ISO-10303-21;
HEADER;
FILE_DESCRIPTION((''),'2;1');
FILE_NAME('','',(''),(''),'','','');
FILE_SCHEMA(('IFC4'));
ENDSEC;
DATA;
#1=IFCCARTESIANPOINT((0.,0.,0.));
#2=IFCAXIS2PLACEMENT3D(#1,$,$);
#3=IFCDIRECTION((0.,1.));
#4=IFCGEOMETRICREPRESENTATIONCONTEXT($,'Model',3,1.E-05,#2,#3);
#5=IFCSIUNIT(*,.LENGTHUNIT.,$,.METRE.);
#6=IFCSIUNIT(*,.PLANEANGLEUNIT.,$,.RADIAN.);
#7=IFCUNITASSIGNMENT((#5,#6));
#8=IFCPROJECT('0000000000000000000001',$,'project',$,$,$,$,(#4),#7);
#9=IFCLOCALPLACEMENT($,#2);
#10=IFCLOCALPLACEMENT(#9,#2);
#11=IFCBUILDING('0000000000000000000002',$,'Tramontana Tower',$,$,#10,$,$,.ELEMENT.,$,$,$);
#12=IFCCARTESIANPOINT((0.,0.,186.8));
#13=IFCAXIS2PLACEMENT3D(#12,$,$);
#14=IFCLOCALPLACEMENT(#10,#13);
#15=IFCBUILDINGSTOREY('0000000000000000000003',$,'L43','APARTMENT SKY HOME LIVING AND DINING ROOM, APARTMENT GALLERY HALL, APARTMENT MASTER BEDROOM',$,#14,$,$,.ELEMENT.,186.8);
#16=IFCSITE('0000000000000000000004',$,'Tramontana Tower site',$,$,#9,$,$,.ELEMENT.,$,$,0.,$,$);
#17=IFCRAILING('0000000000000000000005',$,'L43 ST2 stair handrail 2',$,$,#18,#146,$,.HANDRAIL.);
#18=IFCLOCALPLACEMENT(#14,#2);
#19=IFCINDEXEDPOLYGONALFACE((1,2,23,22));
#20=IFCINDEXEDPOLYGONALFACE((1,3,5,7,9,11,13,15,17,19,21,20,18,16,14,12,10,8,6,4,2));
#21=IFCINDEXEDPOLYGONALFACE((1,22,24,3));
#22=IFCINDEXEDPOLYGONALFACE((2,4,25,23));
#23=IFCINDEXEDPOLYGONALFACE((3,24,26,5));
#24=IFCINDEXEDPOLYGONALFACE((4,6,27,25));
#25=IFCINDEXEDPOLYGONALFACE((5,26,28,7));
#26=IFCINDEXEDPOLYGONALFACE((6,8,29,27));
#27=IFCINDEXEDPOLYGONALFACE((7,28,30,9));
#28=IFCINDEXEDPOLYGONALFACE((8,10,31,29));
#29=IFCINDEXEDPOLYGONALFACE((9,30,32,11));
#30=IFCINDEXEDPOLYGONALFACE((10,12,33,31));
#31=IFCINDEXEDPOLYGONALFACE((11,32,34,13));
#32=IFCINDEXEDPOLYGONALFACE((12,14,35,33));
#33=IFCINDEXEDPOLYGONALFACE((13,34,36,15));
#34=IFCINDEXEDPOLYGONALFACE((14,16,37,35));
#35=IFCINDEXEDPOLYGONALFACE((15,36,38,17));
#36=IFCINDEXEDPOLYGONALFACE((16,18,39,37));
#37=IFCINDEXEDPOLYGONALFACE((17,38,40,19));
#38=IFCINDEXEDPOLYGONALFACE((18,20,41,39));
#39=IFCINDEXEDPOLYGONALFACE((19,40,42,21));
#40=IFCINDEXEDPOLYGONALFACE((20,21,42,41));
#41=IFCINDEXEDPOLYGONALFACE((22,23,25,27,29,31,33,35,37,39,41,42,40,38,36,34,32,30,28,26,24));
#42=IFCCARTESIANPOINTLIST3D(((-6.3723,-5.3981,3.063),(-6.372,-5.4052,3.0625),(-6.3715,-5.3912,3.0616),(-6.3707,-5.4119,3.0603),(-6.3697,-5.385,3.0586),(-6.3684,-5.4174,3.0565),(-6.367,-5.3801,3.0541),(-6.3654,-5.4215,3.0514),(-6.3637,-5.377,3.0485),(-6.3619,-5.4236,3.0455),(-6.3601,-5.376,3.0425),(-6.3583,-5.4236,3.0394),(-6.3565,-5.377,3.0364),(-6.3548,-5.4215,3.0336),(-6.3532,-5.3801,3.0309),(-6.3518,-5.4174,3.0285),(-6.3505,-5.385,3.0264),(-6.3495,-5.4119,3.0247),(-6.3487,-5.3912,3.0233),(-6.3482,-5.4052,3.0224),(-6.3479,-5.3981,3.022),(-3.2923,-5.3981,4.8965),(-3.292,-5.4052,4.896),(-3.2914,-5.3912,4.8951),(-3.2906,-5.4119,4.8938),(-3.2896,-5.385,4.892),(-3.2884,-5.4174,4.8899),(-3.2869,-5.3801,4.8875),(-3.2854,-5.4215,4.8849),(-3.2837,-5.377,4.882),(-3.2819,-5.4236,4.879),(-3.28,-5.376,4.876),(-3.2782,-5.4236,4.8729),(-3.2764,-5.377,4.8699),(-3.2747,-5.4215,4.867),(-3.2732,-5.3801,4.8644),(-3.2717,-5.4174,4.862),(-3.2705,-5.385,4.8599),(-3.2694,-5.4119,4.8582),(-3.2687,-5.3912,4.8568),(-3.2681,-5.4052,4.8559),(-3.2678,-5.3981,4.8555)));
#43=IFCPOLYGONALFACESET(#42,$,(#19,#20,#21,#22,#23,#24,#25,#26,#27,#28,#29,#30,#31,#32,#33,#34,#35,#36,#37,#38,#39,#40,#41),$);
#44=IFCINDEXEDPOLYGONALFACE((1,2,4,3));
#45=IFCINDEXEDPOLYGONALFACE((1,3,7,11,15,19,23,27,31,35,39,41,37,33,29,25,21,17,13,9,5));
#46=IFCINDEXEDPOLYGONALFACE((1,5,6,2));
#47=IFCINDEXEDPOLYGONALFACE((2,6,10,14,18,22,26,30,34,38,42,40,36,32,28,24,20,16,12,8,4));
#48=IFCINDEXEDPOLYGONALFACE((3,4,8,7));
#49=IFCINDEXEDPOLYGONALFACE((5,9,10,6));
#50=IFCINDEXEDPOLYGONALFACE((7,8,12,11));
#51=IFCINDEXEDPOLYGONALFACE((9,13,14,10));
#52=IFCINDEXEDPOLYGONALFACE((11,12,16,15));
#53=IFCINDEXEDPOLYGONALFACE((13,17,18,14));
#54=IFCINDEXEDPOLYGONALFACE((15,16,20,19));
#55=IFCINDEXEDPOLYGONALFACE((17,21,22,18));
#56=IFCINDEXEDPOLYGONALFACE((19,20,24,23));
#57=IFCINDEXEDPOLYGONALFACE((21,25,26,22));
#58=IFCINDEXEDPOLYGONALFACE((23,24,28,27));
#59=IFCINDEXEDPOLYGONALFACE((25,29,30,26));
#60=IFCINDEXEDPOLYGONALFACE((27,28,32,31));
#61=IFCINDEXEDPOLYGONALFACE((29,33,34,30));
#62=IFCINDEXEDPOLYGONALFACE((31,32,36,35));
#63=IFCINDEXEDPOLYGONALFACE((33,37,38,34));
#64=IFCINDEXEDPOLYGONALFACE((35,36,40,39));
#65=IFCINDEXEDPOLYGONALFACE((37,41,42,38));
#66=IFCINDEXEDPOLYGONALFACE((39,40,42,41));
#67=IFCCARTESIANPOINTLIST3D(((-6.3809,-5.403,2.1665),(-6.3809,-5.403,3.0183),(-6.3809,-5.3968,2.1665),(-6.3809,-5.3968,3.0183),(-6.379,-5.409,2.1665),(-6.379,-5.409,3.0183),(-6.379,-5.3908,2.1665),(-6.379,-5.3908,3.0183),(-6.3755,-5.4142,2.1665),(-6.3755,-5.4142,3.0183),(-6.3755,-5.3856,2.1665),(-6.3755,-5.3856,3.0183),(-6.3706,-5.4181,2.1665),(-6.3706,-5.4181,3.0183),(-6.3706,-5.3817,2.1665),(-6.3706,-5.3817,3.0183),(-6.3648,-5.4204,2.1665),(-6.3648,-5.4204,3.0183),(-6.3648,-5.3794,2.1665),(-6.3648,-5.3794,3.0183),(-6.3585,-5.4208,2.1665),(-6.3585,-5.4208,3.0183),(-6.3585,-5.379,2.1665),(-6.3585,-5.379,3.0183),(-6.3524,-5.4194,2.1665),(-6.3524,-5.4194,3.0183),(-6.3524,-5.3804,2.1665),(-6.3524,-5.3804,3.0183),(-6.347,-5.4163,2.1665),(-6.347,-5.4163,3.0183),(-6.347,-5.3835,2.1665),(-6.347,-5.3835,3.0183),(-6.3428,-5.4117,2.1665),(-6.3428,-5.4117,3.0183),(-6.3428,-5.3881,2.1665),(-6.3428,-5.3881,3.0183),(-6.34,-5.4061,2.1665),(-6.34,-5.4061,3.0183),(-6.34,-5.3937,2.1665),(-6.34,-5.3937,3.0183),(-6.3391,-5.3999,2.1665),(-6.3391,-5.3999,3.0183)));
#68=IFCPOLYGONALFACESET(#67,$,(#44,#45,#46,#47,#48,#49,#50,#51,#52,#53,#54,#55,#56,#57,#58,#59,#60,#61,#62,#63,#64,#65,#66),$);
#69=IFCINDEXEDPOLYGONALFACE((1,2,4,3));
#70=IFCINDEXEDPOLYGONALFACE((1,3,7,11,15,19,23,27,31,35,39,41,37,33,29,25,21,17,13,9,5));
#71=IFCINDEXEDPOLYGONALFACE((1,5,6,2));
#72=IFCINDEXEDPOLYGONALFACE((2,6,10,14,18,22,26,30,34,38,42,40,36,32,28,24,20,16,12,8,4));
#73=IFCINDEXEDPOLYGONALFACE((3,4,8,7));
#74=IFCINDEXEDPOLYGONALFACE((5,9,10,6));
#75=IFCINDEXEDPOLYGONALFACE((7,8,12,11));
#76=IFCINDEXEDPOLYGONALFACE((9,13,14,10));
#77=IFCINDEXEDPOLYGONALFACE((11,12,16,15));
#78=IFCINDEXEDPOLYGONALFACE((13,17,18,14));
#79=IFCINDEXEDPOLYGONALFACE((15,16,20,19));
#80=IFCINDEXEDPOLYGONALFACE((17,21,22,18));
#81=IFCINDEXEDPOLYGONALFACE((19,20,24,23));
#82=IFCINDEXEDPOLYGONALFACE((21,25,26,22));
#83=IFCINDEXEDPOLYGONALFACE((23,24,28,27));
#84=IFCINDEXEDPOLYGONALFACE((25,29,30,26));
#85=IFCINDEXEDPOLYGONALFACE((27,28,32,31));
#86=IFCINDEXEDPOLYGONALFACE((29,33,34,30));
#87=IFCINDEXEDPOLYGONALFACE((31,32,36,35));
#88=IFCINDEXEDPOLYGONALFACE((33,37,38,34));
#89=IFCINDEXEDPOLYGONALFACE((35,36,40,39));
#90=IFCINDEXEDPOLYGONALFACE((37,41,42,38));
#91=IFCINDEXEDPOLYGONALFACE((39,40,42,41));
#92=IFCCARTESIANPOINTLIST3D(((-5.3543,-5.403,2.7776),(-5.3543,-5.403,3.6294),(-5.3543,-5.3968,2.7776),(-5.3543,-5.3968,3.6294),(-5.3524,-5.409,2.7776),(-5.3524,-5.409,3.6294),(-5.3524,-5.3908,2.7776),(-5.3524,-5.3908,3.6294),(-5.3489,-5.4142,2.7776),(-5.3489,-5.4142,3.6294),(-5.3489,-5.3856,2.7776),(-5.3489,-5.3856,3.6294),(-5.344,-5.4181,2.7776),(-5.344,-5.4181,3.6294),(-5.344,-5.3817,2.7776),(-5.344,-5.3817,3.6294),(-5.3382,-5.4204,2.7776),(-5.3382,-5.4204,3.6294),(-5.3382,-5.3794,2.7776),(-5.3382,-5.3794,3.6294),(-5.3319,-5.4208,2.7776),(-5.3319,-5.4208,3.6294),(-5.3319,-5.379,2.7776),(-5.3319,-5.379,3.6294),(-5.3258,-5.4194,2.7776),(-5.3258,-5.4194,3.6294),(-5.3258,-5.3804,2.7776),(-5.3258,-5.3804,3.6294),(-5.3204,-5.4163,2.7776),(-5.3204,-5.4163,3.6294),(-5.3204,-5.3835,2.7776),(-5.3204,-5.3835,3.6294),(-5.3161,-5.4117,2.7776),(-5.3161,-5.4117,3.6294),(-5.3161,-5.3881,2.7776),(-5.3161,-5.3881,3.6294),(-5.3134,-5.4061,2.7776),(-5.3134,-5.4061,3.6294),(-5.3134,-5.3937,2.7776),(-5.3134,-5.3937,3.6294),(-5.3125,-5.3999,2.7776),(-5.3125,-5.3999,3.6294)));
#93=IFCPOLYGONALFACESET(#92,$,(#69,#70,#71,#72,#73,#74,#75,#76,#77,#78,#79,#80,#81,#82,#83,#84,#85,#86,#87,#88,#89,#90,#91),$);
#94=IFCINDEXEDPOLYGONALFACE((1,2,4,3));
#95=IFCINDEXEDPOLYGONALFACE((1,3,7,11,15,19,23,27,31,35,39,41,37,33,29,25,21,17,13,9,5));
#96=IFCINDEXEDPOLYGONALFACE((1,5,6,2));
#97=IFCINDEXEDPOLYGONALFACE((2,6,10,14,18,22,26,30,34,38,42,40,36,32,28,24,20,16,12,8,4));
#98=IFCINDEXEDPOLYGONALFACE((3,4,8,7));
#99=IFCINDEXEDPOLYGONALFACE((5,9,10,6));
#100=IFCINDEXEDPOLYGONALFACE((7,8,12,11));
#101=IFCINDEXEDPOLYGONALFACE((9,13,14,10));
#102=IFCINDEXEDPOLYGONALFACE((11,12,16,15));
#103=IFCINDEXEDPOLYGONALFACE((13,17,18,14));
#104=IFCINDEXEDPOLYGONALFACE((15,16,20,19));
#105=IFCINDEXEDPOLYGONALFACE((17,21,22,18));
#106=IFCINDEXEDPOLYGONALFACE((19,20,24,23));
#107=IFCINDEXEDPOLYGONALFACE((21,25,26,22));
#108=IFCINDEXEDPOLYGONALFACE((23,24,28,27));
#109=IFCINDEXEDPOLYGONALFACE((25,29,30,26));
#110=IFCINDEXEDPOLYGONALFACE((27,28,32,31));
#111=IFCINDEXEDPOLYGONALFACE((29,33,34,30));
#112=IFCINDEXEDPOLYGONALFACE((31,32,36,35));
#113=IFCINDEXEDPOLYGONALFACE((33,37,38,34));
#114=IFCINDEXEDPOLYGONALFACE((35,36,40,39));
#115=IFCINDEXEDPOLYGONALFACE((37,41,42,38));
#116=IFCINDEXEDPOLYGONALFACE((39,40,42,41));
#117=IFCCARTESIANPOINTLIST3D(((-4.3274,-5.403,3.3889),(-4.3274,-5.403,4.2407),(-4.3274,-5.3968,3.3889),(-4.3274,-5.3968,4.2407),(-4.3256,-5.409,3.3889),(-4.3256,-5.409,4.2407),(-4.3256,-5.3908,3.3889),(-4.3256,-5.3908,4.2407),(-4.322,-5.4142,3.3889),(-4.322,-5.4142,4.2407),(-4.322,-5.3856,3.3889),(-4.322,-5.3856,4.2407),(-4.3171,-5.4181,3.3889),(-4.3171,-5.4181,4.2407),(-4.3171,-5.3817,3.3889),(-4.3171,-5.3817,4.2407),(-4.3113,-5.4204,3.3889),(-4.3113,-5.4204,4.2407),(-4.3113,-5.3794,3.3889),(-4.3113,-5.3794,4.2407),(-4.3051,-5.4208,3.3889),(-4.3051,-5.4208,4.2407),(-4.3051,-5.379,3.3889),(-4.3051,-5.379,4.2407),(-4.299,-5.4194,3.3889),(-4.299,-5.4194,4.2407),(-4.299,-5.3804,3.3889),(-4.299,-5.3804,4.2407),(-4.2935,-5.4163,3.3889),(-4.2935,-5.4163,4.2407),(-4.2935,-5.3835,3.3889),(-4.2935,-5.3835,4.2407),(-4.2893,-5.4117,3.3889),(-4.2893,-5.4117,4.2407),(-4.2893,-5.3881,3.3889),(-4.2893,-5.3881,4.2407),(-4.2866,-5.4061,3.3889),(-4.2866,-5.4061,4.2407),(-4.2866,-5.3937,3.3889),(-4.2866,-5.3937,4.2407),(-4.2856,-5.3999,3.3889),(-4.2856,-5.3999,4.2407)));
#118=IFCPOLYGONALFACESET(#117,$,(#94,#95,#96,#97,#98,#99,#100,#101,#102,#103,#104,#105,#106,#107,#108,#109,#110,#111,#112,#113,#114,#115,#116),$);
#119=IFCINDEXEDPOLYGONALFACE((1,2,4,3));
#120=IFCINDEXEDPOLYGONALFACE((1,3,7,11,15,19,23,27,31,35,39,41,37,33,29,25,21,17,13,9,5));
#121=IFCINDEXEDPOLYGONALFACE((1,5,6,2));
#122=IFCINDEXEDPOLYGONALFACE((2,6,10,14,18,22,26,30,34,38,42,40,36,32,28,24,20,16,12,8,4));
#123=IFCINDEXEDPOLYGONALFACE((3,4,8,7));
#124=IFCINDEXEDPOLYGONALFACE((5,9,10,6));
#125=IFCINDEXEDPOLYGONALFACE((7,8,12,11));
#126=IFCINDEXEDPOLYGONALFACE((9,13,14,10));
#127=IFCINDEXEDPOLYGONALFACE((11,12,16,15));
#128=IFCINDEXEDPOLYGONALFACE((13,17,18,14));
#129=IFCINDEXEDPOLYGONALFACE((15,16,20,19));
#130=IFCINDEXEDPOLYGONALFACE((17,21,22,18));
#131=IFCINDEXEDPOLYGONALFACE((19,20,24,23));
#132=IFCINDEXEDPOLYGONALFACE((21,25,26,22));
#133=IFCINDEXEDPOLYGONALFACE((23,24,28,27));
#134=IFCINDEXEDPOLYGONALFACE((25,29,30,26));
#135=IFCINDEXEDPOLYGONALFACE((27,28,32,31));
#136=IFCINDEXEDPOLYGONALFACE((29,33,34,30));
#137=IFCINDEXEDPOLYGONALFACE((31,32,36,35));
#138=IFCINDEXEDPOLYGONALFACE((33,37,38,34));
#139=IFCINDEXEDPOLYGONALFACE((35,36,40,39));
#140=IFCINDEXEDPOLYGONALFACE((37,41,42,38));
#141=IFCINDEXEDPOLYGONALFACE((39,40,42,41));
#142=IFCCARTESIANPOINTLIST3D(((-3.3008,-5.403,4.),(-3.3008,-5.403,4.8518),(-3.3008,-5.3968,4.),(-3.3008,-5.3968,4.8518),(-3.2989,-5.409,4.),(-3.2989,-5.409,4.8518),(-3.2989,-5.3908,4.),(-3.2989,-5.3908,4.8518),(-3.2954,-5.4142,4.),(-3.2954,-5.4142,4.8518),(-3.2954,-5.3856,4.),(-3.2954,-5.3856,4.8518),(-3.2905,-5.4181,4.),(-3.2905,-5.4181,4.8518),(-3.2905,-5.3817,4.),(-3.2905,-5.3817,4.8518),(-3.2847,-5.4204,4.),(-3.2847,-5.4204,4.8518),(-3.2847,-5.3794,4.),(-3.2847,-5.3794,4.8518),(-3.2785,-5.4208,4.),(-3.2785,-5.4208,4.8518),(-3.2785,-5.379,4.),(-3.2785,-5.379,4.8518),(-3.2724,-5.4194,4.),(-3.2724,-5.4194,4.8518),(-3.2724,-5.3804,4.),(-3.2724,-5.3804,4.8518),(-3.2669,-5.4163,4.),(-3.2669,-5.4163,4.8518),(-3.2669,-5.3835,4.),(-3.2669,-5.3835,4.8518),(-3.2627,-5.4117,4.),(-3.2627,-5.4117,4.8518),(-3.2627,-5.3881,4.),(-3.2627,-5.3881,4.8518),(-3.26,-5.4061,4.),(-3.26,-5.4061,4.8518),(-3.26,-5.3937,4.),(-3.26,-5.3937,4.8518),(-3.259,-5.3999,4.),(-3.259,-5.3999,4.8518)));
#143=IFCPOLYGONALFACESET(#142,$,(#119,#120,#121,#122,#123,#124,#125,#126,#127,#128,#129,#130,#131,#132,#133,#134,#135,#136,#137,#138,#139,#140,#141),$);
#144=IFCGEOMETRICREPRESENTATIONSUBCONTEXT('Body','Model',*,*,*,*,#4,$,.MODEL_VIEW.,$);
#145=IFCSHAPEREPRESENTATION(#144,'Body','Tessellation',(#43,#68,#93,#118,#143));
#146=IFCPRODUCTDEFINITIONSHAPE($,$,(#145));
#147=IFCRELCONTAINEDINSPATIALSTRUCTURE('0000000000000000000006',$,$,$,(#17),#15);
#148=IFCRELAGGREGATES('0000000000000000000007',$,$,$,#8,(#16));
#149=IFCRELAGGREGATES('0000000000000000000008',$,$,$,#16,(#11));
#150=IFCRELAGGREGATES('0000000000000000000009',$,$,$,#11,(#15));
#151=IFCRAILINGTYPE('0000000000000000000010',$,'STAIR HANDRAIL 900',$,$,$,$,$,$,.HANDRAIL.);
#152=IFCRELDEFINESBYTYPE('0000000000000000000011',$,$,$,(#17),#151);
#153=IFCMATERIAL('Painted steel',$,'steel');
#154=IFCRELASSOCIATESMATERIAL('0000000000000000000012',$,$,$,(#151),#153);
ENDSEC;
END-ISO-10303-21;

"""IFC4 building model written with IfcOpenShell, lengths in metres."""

from ifc_helpers import new_model, si_unit, direction, frame, origin, origin_2d, place, context, subcontext, project, spatial, circle, extrude, material, type_object, element, save


model = new_model("IFC4")

# Units and contexts
model_context = context("Model", 3, precision=1e-05, world=origin(), true_north=direction((0.0, 1.0)))
body_context = subcontext(model_context, "Body", "Model", "MODEL_VIEW")
ifc_project = project(units=[si_unit("LENGTHUNIT", "METRE"), si_unit("PLANEANGLEUNIT", "RADIAN")], contexts=[model_context])

# Site, building, storey
site_placement = place(None, origin())
site = spatial("IfcSite", under=ifc_project, at=site_placement, Name="Tramontana Tower site", CompositionType="ELEMENT", RefElevation=0.0)
building_placement = place(site_placement, origin())
building = spatial("IfcBuilding", under=site, at=building_placement, Name="Tramontana Tower", CompositionType="ELEMENT")
storey_placement = place(building_placement, frame((0.0, 0.0, 186.8)))
storey = spatial("IfcBuildingStorey", under=building, at=storey_placement, Name="L43", Description="APARTMENT SKY HOME LIVING AND DINING ROOM, APARTMENT GALLERY HALL, APARTMENT MASTER BEDROOM", CompositionType="ELEMENT", Elevation=186.8)

# Railing
ifc_material_1 = material(Name="Painted steel", Category="steel")
railing_type_1 = type_object("IfcRailingType", Name="STAIR HANDRAIL 900", PredefinedType="HANDRAIL", material=ifc_material_1)
railing_1_placement = place(storey_placement, frame((-6.3601, -5.3999, 2.1665)))
element("IfcRailing", 1, at=railing_1_placement, inside=storey, type_object=railing_type_1, Name="L43 ST2 stair handrail 2", PredefinedType="HANDRAIL", context=body_context, shape_type="SweptSolid", body=[
    extrude(circle(Radius=0.0239, at=origin_2d()), frame((0.0, 0.0, 0.876), z_axis=(0.859279, 0.0, 0.511508), x_axis=(0.0, 1.0, 0.0)), (0.0, 0.0, 1.0), 3.5845),
    extrude(circle(Radius=0.021, at=origin_2d()), origin(), (0.0, 0.0, 1.0), 0.8518),
    extrude(circle(Radius=0.021, at=origin_2d()), frame((1.0266, 0.0, 0.6111)), (0.0, 0.0, 1.0), 0.8518),
    extrude(circle(Radius=0.021, at=origin_2d()), frame((2.0535, 0.0, 1.2224)), (0.0, 0.0, 1.0), 0.8518),
    extrude(circle(Radius=0.021, at=origin_2d()), frame((3.0801, 0.0, 1.8335)), (0.0, 0.0, 1.0), 0.8518),
])

save(model, "model.ifc")
